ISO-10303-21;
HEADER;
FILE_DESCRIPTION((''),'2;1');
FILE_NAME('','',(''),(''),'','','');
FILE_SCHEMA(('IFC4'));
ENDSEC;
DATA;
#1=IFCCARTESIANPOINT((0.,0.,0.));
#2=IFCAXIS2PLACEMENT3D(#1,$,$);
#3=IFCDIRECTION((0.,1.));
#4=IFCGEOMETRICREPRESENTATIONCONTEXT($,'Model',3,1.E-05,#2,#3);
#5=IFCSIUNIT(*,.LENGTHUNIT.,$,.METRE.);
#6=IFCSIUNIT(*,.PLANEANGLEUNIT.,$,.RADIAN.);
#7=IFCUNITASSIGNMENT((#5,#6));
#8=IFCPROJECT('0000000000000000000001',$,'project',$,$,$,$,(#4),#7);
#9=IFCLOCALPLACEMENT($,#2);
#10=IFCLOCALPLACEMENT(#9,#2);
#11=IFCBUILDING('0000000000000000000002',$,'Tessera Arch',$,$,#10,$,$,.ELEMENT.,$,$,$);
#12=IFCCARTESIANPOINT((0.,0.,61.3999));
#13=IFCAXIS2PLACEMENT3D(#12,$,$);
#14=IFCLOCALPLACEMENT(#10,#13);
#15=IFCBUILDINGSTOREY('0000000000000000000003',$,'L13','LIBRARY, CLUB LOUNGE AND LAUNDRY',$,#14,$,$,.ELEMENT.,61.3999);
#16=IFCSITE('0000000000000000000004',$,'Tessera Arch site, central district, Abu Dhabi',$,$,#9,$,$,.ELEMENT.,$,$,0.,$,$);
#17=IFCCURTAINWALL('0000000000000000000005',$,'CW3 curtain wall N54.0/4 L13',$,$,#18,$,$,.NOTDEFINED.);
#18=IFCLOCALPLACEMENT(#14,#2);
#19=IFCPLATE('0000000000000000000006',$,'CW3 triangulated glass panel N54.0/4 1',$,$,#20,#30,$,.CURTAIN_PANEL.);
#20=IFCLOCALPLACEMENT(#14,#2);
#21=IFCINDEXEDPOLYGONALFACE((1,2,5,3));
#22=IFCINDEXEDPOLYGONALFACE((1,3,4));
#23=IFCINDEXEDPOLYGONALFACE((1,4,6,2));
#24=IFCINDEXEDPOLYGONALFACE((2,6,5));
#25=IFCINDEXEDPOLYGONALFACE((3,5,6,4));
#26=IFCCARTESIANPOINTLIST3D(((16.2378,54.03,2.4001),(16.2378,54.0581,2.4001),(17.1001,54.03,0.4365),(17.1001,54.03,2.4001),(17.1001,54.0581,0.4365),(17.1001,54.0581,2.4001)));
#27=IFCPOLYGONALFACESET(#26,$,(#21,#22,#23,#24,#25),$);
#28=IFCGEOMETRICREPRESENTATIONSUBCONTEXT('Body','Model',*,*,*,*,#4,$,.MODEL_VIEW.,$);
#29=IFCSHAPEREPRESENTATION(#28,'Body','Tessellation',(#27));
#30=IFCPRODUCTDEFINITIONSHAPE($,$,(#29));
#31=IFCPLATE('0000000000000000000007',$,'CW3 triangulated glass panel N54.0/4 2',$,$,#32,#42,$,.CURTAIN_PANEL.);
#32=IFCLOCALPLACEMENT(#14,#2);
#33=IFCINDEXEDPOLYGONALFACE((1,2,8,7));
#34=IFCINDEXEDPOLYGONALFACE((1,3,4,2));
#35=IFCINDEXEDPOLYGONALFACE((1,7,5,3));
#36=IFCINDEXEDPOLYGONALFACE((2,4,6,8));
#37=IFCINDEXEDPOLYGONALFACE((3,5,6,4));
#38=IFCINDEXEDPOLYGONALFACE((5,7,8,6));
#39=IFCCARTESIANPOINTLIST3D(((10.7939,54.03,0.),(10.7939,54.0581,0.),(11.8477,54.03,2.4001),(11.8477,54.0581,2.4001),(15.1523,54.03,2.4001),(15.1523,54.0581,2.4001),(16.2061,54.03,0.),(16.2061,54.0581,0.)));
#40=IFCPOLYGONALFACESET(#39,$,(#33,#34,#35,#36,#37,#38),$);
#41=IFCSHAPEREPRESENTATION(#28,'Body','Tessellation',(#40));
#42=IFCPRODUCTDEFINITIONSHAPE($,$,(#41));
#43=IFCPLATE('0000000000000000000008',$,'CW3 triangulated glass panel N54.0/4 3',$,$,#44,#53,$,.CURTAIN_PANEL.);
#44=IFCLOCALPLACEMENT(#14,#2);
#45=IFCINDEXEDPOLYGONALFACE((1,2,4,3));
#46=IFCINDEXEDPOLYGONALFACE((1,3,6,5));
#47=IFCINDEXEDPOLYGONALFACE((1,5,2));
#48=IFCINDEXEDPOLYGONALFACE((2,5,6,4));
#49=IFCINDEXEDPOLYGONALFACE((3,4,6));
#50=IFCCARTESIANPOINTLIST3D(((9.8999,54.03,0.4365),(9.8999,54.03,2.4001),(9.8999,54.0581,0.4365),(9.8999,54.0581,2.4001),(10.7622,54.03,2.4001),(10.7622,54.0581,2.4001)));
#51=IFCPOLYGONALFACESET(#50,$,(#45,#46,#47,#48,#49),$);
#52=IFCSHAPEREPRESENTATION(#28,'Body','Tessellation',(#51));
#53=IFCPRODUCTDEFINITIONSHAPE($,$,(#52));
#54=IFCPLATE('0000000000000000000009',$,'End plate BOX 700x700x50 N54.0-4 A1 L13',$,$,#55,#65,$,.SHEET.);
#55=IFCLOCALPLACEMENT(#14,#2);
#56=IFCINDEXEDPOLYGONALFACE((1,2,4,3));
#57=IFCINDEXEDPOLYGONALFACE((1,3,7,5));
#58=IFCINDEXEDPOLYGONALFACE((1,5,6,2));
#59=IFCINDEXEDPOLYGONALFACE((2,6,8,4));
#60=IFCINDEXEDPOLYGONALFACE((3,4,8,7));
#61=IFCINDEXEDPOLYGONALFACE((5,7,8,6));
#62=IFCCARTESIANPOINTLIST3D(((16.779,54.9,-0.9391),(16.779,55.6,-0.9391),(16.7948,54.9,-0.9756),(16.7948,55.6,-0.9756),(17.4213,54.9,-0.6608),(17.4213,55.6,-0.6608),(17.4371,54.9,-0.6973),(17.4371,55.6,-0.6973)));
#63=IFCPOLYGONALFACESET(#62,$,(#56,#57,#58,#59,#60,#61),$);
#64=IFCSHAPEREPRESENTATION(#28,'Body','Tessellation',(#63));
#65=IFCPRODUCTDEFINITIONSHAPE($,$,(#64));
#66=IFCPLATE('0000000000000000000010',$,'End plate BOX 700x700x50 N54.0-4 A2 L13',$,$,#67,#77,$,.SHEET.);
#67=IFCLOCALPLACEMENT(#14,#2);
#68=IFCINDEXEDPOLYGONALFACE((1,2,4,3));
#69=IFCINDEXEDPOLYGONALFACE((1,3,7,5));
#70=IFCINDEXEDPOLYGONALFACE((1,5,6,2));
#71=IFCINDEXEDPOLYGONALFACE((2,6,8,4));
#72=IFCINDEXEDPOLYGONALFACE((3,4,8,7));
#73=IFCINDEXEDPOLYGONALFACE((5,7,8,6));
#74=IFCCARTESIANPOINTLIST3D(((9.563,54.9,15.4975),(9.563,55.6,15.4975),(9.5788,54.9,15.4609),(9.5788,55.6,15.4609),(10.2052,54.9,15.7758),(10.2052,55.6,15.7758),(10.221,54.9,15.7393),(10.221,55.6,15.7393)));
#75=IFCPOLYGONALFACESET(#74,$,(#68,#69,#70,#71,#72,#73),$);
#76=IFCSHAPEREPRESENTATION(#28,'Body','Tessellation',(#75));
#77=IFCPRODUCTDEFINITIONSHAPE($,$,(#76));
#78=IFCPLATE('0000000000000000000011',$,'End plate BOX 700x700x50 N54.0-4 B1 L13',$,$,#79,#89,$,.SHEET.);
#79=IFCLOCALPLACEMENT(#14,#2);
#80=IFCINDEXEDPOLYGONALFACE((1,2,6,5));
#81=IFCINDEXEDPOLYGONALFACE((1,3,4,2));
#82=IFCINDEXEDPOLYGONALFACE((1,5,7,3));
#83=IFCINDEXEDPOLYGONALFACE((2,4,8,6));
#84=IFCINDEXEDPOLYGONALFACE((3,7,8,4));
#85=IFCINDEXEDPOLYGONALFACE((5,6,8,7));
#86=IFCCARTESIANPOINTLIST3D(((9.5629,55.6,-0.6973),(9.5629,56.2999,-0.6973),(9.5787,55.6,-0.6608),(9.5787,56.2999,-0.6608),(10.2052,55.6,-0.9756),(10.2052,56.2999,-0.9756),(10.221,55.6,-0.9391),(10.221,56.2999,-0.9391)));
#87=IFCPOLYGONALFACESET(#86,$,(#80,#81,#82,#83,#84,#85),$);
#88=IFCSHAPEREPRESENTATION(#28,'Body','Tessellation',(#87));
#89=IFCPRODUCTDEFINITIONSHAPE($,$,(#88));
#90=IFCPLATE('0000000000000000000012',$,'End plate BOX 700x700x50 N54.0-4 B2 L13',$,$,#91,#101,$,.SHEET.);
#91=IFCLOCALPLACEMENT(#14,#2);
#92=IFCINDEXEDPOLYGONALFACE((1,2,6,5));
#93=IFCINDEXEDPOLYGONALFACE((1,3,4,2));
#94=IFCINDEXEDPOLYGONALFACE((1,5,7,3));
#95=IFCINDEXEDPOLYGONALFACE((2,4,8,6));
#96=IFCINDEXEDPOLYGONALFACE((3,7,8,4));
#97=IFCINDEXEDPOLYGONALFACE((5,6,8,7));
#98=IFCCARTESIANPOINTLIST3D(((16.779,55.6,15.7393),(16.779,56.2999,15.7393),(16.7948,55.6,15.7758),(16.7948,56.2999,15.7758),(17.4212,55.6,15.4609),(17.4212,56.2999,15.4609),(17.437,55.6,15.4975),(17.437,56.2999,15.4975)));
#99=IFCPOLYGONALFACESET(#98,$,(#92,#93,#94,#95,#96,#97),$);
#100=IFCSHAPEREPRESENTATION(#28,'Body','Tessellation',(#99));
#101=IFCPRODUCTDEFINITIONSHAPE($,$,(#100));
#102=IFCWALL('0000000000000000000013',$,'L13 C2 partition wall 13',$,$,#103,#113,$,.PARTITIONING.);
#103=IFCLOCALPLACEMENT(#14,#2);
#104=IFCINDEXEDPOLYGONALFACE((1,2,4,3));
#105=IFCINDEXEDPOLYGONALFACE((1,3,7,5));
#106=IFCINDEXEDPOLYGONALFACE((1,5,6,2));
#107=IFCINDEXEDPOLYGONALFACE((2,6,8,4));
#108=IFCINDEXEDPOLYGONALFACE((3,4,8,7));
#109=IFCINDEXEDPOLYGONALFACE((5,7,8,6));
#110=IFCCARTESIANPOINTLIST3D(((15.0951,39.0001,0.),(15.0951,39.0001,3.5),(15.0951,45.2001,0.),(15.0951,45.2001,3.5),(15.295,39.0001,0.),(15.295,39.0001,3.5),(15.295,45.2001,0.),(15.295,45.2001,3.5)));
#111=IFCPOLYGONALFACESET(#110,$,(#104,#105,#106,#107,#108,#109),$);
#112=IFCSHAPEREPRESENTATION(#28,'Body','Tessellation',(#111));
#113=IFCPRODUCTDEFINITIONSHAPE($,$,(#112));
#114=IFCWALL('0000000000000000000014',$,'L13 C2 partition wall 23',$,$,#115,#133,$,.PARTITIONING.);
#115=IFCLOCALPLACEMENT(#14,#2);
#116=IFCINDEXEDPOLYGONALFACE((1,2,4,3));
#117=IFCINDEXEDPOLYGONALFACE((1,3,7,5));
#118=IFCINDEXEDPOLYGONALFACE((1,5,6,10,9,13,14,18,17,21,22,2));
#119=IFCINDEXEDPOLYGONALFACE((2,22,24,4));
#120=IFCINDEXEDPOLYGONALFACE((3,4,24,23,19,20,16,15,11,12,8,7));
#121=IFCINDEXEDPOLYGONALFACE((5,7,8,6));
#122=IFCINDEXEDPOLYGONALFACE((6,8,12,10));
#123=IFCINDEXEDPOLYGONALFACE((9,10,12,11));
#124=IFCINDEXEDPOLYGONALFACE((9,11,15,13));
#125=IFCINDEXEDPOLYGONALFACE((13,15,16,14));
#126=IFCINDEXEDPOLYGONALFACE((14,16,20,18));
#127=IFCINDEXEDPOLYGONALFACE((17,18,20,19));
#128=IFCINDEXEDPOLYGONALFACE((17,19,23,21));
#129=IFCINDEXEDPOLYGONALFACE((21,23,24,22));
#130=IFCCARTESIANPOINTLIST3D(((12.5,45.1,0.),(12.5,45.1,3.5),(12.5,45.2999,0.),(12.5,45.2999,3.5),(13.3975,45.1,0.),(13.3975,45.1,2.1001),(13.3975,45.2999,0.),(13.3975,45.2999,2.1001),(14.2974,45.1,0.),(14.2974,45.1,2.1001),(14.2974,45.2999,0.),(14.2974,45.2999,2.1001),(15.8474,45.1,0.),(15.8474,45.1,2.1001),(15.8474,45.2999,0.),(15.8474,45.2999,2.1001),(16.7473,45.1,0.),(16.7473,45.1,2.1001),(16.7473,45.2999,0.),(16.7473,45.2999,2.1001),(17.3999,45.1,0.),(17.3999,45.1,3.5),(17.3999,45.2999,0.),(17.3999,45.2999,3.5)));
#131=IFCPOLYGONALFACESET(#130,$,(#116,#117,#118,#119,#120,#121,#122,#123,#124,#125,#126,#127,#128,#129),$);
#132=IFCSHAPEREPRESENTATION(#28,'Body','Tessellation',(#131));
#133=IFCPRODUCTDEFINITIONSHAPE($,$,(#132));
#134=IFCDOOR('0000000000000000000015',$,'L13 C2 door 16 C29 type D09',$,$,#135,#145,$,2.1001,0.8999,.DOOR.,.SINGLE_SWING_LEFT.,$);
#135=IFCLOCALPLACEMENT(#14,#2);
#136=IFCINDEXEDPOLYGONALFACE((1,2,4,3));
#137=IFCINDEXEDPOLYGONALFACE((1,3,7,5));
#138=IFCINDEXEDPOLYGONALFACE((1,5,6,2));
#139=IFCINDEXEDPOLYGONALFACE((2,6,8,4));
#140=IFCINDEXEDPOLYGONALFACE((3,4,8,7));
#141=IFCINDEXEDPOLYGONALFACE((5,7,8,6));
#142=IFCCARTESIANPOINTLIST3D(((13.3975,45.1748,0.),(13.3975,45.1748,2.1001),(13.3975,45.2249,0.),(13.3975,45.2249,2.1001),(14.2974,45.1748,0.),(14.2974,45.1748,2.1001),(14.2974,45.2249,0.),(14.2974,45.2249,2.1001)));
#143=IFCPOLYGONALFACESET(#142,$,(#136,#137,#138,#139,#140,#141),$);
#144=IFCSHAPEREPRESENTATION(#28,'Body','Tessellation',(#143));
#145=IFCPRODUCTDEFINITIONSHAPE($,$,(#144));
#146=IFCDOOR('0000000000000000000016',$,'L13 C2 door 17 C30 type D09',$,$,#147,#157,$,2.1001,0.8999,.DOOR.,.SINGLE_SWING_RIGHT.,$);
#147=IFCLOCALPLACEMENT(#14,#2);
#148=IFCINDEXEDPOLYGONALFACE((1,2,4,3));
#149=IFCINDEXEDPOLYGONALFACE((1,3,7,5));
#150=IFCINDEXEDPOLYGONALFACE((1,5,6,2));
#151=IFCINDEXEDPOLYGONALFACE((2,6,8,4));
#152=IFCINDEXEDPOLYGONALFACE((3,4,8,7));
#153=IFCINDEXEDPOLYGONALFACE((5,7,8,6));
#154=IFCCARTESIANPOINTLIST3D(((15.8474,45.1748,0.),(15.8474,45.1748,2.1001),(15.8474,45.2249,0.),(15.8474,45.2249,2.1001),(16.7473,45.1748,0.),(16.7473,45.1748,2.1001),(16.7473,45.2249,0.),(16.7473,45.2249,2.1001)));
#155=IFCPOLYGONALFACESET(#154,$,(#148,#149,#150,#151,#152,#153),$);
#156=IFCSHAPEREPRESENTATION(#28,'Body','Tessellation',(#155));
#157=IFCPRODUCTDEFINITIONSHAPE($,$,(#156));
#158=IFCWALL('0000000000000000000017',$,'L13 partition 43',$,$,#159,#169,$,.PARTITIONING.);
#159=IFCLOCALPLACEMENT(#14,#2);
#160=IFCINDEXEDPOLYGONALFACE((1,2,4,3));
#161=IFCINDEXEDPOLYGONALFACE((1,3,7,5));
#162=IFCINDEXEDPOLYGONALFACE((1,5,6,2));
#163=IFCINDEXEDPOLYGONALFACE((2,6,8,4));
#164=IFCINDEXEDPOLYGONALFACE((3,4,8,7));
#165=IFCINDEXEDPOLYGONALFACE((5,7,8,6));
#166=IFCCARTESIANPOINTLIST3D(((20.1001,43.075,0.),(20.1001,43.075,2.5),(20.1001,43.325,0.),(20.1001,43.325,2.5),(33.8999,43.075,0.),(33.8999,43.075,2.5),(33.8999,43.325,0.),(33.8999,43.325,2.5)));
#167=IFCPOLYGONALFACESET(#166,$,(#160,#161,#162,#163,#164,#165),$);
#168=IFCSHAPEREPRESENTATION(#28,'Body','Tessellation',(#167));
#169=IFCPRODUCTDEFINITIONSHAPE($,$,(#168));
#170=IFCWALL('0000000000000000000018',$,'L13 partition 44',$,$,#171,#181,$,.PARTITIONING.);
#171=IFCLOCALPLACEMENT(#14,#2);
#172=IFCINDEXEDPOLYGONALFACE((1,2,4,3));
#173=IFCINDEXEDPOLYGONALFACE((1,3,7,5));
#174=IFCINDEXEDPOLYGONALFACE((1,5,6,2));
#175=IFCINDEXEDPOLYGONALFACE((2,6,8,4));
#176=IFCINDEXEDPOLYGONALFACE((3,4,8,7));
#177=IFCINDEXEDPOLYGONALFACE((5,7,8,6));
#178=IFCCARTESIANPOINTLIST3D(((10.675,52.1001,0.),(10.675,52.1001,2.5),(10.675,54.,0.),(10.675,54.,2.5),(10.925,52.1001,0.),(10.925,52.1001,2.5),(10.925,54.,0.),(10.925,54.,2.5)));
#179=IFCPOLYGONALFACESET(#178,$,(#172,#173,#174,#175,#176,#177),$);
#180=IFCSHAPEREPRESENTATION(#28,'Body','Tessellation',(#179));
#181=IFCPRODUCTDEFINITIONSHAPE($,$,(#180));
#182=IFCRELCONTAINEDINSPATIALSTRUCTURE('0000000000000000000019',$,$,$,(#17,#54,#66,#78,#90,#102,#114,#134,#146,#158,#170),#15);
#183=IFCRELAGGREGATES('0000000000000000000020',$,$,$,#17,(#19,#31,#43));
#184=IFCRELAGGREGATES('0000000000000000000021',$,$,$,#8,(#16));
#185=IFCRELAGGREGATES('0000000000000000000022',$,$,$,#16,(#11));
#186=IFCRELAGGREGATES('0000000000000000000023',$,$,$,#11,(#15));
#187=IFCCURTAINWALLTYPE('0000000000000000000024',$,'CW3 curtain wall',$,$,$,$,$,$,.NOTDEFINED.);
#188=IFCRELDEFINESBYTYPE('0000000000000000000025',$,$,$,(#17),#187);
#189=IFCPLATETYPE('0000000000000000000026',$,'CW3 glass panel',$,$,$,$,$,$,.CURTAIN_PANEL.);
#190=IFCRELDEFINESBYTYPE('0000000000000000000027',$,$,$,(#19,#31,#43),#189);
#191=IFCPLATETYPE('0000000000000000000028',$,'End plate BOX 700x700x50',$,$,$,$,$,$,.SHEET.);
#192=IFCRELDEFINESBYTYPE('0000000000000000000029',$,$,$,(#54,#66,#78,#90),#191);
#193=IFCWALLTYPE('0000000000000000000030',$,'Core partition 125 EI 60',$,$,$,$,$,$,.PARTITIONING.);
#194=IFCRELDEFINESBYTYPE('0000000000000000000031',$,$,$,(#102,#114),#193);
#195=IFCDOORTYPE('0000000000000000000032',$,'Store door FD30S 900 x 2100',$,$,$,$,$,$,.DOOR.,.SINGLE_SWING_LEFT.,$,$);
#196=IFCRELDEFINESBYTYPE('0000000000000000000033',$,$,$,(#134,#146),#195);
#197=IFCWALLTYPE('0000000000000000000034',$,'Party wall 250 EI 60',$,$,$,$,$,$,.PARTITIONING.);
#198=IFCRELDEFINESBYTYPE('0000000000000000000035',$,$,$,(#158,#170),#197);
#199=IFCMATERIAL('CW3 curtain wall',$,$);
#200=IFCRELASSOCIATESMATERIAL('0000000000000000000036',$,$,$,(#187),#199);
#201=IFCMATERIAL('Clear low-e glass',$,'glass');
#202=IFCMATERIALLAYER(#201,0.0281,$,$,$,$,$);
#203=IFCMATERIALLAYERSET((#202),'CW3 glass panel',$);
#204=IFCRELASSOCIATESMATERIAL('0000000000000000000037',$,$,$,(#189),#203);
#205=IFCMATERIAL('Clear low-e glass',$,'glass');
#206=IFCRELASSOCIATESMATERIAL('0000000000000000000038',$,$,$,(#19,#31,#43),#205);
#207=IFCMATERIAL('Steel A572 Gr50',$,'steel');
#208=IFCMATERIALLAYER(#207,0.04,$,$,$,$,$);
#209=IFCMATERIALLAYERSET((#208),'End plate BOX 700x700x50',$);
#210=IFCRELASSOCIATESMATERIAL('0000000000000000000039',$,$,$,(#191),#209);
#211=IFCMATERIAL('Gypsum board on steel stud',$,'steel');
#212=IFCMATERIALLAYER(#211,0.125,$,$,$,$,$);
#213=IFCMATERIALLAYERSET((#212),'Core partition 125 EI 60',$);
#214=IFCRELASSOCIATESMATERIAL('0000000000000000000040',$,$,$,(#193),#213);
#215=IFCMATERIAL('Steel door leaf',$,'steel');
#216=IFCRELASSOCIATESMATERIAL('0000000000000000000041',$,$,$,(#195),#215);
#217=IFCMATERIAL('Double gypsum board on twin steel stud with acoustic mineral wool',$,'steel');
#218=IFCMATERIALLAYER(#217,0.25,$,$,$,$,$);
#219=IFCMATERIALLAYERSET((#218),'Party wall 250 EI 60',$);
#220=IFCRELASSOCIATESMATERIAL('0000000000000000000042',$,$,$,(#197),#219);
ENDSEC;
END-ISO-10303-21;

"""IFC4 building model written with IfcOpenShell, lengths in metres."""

from ifc_helpers import new_model, si_unit, direction, frame, frame_2d, origin, origin_2d, place, context, subcontext, project, spatial, polyline, rectangle, outline, extrude, material, layer, layer_set, type_object, element, fill, aggregate, save


model = new_model("IFC4")

# Units and contexts
model_context = context("Model", 3, precision=1e-05, world=origin(), true_north=direction((0.0, 1.0)))
body_context = subcontext(model_context, "Body", "Model", "MODEL_VIEW")
ifc_project = project(units=[si_unit("LENGTHUNIT", "METRE"), si_unit("PLANEANGLEUNIT", "RADIAN")], contexts=[model_context])

# Site, building, storey
site_placement = place(None, origin())
site = spatial("IfcSite", under=ifc_project, at=site_placement, Name="Tessera Arch site, central district, Abu Dhabi", CompositionType="ELEMENT", RefElevation=0.0)
building_placement = place(site_placement, origin())
building = spatial("IfcBuilding", under=site, at=building_placement, Name="Tessera Arch", CompositionType="ELEMENT")
storey_placement = place(building_placement, frame((0.0, 0.0, 61.3999)))
storey = spatial("IfcBuildingStorey", under=building, at=storey_placement, Name="L13", Description="LIBRARY, CLUB LOUNGE AND LAUNDRY", CompositionType="ELEMENT", Elevation=61.3999)

# Curtain wall
ifc_material_1 = material(Name="CW3 curtain wall")
curtain_wall_type_1 = type_object("IfcCurtainWallType", Name="CW3 curtain wall", PredefinedType="NOTDEFINED", material=ifc_material_1)
curtain_wall_1_placement = place(storey_placement, origin())
curtain_wall_1 = element("IfcCurtainWall", 1, at=curtain_wall_1_placement, inside=storey, type_object=curtain_wall_type_1, Name="CW3 curtain wall N54.0/4 L13", PredefinedType="NOTDEFINED")

# Plates
ifc_material_2 = material(Name="Clear low-e glass", Category="glass")
ifc_material_3 = material(Name="Clear low-e glass", Category="glass")
ifc_layer_1 = layer(ifc_material_3, 0.0281)
ifc_layer_set_1 = layer_set([ifc_layer_1], Name="CW3 glass panel")
plate_type_1 = type_object("IfcPlateType", Name="CW3 glass panel", PredefinedType="CURTAIN_PANEL", material=ifc_layer_set_1)
plate_1_placement = place(storey_placement, frame((17.1001, 54.0581, 2.4001), z_axis=(0.0, 1.0, 0.0), x_axis=(0.0, 0.0, -1.0)))
plate_1 = element("IfcPlate", 2, at=plate_1_placement, type_object=plate_type_1, material=ifc_material_2, Name="CW3 triangulated glass panel N54.0/4 1", PredefinedType="CURTAIN_PANEL", context=body_context, shape_type="SweptSolid", body=[
    extrude(outline(polyline([(0.0, 0.0), (1.9636, 0.0), (0.0, 0.8623), (0.0, 0.0)])), origin(), (0.0, 0.0, -1.0), 0.0281),
])
plate_2_placement = place(storey_placement, frame((11.8477, 54.0581, 2.4001), z_axis=(0.0, 1.0, 0.0), x_axis=(1.0, 0.0, 0.0)))
plate_2 = element("IfcPlate", 3, at=plate_2_placement, type_object=plate_type_1, material=ifc_material_2, Name="CW3 triangulated glass panel N54.0/4 2", PredefinedType="CURTAIN_PANEL", context=body_context, shape_type="SweptSolid", body=[
    extrude(outline(polyline([(0.0, 0.0), (3.3047, 0.0), (4.3584, 2.4001), (-1.0537, 2.4001), (0.0, 0.0)])), origin(), (0.0, 0.0, -1.0), 0.0281),
])
plate_3_placement = place(storey_placement, frame((9.8999, 54.0581, 2.4001), z_axis=(0.0, 1.0, 0.0), x_axis=(1.0, 0.0, 0.0)))
plate_3 = element("IfcPlate", 4, at=plate_3_placement, type_object=plate_type_1, material=ifc_material_2, Name="CW3 triangulated glass panel N54.0/4 3", PredefinedType="CURTAIN_PANEL", context=body_context, shape_type="SweptSolid", body=[
    extrude(outline(polyline([(0.0, 0.0), (0.8623, 0.0), (0.0, 1.9636), (0.0, 0.0)])), origin(), (0.0, 0.0, -1.0), 0.0281),
])
aggregate(curtain_wall_1, [plate_1, plate_2, plate_3])

# Plates
ifc_material_4 = material(Name="Steel A572 Gr50", Category="steel")
ifc_layer_2 = layer(ifc_material_4, 0.04)
ifc_layer_set_2 = layer_set([ifc_layer_2], Name="End plate BOX 700x700x50")
plate_type_2 = type_object("IfcPlateType", Name="End plate BOX 700x700x50", PredefinedType="SHEET", material=ifc_layer_set_2)
for number, where, z_axis, x_axis, name in (
    (5, (17.116, 55.25, -0.8364), (-0.397607, 0.0, 0.917556), (0.0, -1.0, 0.0), "End plate BOX 700x700x50 N54.0-4 A1 L13"),
    (6, (9.8999, 55.25, 15.6001), (-0.397607, 0.0, 0.917556), (0.0, -1.0, 0.0), "End plate BOX 700x700x50 N54.0-4 A2 L13"),
    (7, (9.884, 55.95, -0.8364), (0.397607, 0.0, 0.917556), (0.0, 1.0, 0.0), "End plate BOX 700x700x50 N54.0-4 B1 L13"),
    (8, (17.1001, 55.95, 15.6001), (0.397607, 0.0, 0.917556), (0.0, 1.0, 0.0), "End plate BOX 700x700x50 N54.0-4 B2 L13"),
):
    element("IfcPlate", number, at=place(storey_placement, frame(where, z_axis=z_axis, x_axis=x_axis)), inside=storey, type_object=plate_type_2, Name=name, PredefinedType="SHEET", context=body_context, shape_type="SweptSolid", body=[
        extrude(rectangle(XDim=0.7, YDim=0.7, at=origin_2d()), origin(), (0.0, 0.0, 1.0), 0.0398),
    ])

# Wall
ifc_material_5 = material(Name="Gypsum board on steel stud", Category="steel")
ifc_layer_3 = layer(ifc_material_5, 0.125)
ifc_layer_set_3 = layer_set([ifc_layer_3], Name="Core partition 125 EI 60")
wall_type_1 = type_object("IfcWallType", Name="Core partition 125 EI 60", PredefinedType="PARTITIONING", material=ifc_layer_set_3)
wall_1_placement = place(storey_placement, frame((15.1951, 39.0, 0.0), z_axis=(0.0, 0.0, 1.0), x_axis=(0.0, 1.0, 0.0)))
element("IfcWall", 9, at=wall_1_placement, inside=storey, type_object=wall_type_1, Name="L13 C2 partition wall 13", PredefinedType="PARTITIONING", context=body_context, shape_type="SweptSolid", body=[
    extrude(rectangle(XDim=6.2, YDim=0.2, at=frame_2d((3.1001, 0.0))), origin(), (0.0, 0.0, 1.0), 3.5),
])

# Wall, openings, doors
wall_2_placement = place(storey_placement, frame((12.5, 45.2, 0.0), z_axis=(0.0, 0.0, 1.0), x_axis=(1.0, 0.0, 0.0)))
wall_2 = element("IfcWall", 10, at=wall_2_placement, inside=storey, type_object=wall_type_1, Name="L13 C2 partition wall 23", PredefinedType="PARTITIONING", context=body_context, shape_type="SweptSolid", body=[
    extrude(rectangle(XDim=4.8999, YDim=0.2, at=frame_2d((2.45, 0.0))), origin(), (0.0, 0.0, 1.0), 3.5),
])
opening_1_placement = place(wall_2_placement, frame((0.8975, 0.0, 0.0)))
opening_1 = element("IfcOpeningElement", 11, at=opening_1_placement, cuts=wall_2, PredefinedType="OPENING", context=body_context, shape_type="SweptSolid", body=[
    extrude(rectangle(XDim=0.8999, YDim=2.1001, at=frame_2d((0.45, 1.05))), frame((0.0, 0.1099, 0.0), z_axis=(0.0, -1.0, 0.0), x_axis=(1.0, 0.0, 0.0)), (0.0, 0.0, 1.0), 0.22),
])
opening_2_placement = place(wall_2_placement, frame((3.3474, 0.0, 0.0)))
opening_2 = element("IfcOpeningElement", 12, at=opening_2_placement, cuts=wall_2, PredefinedType="OPENING", context=body_context, shape_type="SweptSolid", body=[
    extrude(rectangle(XDim=0.8999, YDim=2.1001, at=frame_2d((0.45, 1.05))), frame((0.0, 0.1099, 0.0), z_axis=(0.0, -1.0, 0.0), x_axis=(1.0, 0.0, 0.0)), (0.0, 0.0, 1.0), 0.22),
])
ifc_material_6 = material(Name="Steel door leaf", Category="steel")
door_type = type_object("IfcDoorType", Name="Store door FD30S 900 x 2100", OperationType="SINGLE_SWING_LEFT", PredefinedType="DOOR", material=ifc_material_6)
door_1_placement = place(opening_1_placement, origin())
door_1 = element("IfcDoor", 13, at=door_1_placement, inside=storey, type_object=door_type, Name="L13 C2 door 16 C29 type D09", OperationType="SINGLE_SWING_LEFT", OverallHeight=2.1001, OverallWidth=0.8999, PredefinedType="DOOR", context=body_context, shape_type="SweptSolid", body=[
    extrude(rectangle(XDim=0.8999, YDim=2.1001, at=frame_2d((0.45, 1.05))), frame((0.0, 0.0249, 0.0), z_axis=(0.0, -1.0, 0.0), x_axis=(1.0, 0.0, 0.0)), (0.0, 0.0, 1.0), 0.05),
])
fill(opening_1, door_1)
door_2_placement = place(opening_2_placement, origin())
door_2 = element("IfcDoor", 14, at=door_2_placement, inside=storey, type_object=door_type, Name="L13 C2 door 17 C30 type D09", OperationType="SINGLE_SWING_RIGHT", OverallHeight=2.1001, OverallWidth=0.8999, PredefinedType="DOOR", context=body_context, shape_type="SweptSolid", body=[
    extrude(rectangle(XDim=0.8999, YDim=2.1001, at=frame_2d((0.45, 1.05))), frame((0.0, 0.0249, 0.0), z_axis=(0.0, -1.0, 0.0), x_axis=(1.0, 0.0, 0.0)), (0.0, 0.0, 1.0), 0.05),
])
fill(opening_2, door_2)

# Walls
ifc_material_7 = material(Name="Double gypsum board on twin steel stud with acoustic mineral wool", Category="steel")
ifc_layer_4 = layer(ifc_material_7, 0.25)
ifc_layer_set_4 = layer_set([ifc_layer_4], Name="Party wall 250 EI 60")
wall_type_2 = type_object("IfcWallType", Name="Party wall 250 EI 60", PredefinedType="PARTITIONING", material=ifc_layer_set_4)
wall_3_placement = place(storey_placement, frame((20.1001, 43.2, 0.0), z_axis=(0.0, 0.0, 1.0), x_axis=(1.0, 0.0, 0.0)))
element("IfcWall", 15, at=wall_3_placement, inside=storey, type_object=wall_type_2, Name="L13 partition 43", PredefinedType="PARTITIONING", context=body_context, shape_type="SweptSolid", body=[
    extrude(rectangle(XDim=13.7998, YDim=0.25, at=frame_2d((6.8999, 0.0))), origin(), (0.0, 0.0, 1.0), 2.5),
])
wall_4_placement = place(storey_placement, frame((10.8, 52.1001, 0.0), z_axis=(0.0, 0.0, 1.0), x_axis=(0.0, 1.0, 0.0)))
element("IfcWall", 16, at=wall_4_placement, inside=storey, type_object=wall_type_2, Name="L13 partition 44", PredefinedType="PARTITIONING", context=body_context, shape_type="SweptSolid", body=[
    extrude(rectangle(XDim=1.8999, YDim=0.25, at=frame_2d((0.95, 0.0))), origin(), (0.0, 0.0, 1.0), 2.5),
])

save(model, "model.ifc")
